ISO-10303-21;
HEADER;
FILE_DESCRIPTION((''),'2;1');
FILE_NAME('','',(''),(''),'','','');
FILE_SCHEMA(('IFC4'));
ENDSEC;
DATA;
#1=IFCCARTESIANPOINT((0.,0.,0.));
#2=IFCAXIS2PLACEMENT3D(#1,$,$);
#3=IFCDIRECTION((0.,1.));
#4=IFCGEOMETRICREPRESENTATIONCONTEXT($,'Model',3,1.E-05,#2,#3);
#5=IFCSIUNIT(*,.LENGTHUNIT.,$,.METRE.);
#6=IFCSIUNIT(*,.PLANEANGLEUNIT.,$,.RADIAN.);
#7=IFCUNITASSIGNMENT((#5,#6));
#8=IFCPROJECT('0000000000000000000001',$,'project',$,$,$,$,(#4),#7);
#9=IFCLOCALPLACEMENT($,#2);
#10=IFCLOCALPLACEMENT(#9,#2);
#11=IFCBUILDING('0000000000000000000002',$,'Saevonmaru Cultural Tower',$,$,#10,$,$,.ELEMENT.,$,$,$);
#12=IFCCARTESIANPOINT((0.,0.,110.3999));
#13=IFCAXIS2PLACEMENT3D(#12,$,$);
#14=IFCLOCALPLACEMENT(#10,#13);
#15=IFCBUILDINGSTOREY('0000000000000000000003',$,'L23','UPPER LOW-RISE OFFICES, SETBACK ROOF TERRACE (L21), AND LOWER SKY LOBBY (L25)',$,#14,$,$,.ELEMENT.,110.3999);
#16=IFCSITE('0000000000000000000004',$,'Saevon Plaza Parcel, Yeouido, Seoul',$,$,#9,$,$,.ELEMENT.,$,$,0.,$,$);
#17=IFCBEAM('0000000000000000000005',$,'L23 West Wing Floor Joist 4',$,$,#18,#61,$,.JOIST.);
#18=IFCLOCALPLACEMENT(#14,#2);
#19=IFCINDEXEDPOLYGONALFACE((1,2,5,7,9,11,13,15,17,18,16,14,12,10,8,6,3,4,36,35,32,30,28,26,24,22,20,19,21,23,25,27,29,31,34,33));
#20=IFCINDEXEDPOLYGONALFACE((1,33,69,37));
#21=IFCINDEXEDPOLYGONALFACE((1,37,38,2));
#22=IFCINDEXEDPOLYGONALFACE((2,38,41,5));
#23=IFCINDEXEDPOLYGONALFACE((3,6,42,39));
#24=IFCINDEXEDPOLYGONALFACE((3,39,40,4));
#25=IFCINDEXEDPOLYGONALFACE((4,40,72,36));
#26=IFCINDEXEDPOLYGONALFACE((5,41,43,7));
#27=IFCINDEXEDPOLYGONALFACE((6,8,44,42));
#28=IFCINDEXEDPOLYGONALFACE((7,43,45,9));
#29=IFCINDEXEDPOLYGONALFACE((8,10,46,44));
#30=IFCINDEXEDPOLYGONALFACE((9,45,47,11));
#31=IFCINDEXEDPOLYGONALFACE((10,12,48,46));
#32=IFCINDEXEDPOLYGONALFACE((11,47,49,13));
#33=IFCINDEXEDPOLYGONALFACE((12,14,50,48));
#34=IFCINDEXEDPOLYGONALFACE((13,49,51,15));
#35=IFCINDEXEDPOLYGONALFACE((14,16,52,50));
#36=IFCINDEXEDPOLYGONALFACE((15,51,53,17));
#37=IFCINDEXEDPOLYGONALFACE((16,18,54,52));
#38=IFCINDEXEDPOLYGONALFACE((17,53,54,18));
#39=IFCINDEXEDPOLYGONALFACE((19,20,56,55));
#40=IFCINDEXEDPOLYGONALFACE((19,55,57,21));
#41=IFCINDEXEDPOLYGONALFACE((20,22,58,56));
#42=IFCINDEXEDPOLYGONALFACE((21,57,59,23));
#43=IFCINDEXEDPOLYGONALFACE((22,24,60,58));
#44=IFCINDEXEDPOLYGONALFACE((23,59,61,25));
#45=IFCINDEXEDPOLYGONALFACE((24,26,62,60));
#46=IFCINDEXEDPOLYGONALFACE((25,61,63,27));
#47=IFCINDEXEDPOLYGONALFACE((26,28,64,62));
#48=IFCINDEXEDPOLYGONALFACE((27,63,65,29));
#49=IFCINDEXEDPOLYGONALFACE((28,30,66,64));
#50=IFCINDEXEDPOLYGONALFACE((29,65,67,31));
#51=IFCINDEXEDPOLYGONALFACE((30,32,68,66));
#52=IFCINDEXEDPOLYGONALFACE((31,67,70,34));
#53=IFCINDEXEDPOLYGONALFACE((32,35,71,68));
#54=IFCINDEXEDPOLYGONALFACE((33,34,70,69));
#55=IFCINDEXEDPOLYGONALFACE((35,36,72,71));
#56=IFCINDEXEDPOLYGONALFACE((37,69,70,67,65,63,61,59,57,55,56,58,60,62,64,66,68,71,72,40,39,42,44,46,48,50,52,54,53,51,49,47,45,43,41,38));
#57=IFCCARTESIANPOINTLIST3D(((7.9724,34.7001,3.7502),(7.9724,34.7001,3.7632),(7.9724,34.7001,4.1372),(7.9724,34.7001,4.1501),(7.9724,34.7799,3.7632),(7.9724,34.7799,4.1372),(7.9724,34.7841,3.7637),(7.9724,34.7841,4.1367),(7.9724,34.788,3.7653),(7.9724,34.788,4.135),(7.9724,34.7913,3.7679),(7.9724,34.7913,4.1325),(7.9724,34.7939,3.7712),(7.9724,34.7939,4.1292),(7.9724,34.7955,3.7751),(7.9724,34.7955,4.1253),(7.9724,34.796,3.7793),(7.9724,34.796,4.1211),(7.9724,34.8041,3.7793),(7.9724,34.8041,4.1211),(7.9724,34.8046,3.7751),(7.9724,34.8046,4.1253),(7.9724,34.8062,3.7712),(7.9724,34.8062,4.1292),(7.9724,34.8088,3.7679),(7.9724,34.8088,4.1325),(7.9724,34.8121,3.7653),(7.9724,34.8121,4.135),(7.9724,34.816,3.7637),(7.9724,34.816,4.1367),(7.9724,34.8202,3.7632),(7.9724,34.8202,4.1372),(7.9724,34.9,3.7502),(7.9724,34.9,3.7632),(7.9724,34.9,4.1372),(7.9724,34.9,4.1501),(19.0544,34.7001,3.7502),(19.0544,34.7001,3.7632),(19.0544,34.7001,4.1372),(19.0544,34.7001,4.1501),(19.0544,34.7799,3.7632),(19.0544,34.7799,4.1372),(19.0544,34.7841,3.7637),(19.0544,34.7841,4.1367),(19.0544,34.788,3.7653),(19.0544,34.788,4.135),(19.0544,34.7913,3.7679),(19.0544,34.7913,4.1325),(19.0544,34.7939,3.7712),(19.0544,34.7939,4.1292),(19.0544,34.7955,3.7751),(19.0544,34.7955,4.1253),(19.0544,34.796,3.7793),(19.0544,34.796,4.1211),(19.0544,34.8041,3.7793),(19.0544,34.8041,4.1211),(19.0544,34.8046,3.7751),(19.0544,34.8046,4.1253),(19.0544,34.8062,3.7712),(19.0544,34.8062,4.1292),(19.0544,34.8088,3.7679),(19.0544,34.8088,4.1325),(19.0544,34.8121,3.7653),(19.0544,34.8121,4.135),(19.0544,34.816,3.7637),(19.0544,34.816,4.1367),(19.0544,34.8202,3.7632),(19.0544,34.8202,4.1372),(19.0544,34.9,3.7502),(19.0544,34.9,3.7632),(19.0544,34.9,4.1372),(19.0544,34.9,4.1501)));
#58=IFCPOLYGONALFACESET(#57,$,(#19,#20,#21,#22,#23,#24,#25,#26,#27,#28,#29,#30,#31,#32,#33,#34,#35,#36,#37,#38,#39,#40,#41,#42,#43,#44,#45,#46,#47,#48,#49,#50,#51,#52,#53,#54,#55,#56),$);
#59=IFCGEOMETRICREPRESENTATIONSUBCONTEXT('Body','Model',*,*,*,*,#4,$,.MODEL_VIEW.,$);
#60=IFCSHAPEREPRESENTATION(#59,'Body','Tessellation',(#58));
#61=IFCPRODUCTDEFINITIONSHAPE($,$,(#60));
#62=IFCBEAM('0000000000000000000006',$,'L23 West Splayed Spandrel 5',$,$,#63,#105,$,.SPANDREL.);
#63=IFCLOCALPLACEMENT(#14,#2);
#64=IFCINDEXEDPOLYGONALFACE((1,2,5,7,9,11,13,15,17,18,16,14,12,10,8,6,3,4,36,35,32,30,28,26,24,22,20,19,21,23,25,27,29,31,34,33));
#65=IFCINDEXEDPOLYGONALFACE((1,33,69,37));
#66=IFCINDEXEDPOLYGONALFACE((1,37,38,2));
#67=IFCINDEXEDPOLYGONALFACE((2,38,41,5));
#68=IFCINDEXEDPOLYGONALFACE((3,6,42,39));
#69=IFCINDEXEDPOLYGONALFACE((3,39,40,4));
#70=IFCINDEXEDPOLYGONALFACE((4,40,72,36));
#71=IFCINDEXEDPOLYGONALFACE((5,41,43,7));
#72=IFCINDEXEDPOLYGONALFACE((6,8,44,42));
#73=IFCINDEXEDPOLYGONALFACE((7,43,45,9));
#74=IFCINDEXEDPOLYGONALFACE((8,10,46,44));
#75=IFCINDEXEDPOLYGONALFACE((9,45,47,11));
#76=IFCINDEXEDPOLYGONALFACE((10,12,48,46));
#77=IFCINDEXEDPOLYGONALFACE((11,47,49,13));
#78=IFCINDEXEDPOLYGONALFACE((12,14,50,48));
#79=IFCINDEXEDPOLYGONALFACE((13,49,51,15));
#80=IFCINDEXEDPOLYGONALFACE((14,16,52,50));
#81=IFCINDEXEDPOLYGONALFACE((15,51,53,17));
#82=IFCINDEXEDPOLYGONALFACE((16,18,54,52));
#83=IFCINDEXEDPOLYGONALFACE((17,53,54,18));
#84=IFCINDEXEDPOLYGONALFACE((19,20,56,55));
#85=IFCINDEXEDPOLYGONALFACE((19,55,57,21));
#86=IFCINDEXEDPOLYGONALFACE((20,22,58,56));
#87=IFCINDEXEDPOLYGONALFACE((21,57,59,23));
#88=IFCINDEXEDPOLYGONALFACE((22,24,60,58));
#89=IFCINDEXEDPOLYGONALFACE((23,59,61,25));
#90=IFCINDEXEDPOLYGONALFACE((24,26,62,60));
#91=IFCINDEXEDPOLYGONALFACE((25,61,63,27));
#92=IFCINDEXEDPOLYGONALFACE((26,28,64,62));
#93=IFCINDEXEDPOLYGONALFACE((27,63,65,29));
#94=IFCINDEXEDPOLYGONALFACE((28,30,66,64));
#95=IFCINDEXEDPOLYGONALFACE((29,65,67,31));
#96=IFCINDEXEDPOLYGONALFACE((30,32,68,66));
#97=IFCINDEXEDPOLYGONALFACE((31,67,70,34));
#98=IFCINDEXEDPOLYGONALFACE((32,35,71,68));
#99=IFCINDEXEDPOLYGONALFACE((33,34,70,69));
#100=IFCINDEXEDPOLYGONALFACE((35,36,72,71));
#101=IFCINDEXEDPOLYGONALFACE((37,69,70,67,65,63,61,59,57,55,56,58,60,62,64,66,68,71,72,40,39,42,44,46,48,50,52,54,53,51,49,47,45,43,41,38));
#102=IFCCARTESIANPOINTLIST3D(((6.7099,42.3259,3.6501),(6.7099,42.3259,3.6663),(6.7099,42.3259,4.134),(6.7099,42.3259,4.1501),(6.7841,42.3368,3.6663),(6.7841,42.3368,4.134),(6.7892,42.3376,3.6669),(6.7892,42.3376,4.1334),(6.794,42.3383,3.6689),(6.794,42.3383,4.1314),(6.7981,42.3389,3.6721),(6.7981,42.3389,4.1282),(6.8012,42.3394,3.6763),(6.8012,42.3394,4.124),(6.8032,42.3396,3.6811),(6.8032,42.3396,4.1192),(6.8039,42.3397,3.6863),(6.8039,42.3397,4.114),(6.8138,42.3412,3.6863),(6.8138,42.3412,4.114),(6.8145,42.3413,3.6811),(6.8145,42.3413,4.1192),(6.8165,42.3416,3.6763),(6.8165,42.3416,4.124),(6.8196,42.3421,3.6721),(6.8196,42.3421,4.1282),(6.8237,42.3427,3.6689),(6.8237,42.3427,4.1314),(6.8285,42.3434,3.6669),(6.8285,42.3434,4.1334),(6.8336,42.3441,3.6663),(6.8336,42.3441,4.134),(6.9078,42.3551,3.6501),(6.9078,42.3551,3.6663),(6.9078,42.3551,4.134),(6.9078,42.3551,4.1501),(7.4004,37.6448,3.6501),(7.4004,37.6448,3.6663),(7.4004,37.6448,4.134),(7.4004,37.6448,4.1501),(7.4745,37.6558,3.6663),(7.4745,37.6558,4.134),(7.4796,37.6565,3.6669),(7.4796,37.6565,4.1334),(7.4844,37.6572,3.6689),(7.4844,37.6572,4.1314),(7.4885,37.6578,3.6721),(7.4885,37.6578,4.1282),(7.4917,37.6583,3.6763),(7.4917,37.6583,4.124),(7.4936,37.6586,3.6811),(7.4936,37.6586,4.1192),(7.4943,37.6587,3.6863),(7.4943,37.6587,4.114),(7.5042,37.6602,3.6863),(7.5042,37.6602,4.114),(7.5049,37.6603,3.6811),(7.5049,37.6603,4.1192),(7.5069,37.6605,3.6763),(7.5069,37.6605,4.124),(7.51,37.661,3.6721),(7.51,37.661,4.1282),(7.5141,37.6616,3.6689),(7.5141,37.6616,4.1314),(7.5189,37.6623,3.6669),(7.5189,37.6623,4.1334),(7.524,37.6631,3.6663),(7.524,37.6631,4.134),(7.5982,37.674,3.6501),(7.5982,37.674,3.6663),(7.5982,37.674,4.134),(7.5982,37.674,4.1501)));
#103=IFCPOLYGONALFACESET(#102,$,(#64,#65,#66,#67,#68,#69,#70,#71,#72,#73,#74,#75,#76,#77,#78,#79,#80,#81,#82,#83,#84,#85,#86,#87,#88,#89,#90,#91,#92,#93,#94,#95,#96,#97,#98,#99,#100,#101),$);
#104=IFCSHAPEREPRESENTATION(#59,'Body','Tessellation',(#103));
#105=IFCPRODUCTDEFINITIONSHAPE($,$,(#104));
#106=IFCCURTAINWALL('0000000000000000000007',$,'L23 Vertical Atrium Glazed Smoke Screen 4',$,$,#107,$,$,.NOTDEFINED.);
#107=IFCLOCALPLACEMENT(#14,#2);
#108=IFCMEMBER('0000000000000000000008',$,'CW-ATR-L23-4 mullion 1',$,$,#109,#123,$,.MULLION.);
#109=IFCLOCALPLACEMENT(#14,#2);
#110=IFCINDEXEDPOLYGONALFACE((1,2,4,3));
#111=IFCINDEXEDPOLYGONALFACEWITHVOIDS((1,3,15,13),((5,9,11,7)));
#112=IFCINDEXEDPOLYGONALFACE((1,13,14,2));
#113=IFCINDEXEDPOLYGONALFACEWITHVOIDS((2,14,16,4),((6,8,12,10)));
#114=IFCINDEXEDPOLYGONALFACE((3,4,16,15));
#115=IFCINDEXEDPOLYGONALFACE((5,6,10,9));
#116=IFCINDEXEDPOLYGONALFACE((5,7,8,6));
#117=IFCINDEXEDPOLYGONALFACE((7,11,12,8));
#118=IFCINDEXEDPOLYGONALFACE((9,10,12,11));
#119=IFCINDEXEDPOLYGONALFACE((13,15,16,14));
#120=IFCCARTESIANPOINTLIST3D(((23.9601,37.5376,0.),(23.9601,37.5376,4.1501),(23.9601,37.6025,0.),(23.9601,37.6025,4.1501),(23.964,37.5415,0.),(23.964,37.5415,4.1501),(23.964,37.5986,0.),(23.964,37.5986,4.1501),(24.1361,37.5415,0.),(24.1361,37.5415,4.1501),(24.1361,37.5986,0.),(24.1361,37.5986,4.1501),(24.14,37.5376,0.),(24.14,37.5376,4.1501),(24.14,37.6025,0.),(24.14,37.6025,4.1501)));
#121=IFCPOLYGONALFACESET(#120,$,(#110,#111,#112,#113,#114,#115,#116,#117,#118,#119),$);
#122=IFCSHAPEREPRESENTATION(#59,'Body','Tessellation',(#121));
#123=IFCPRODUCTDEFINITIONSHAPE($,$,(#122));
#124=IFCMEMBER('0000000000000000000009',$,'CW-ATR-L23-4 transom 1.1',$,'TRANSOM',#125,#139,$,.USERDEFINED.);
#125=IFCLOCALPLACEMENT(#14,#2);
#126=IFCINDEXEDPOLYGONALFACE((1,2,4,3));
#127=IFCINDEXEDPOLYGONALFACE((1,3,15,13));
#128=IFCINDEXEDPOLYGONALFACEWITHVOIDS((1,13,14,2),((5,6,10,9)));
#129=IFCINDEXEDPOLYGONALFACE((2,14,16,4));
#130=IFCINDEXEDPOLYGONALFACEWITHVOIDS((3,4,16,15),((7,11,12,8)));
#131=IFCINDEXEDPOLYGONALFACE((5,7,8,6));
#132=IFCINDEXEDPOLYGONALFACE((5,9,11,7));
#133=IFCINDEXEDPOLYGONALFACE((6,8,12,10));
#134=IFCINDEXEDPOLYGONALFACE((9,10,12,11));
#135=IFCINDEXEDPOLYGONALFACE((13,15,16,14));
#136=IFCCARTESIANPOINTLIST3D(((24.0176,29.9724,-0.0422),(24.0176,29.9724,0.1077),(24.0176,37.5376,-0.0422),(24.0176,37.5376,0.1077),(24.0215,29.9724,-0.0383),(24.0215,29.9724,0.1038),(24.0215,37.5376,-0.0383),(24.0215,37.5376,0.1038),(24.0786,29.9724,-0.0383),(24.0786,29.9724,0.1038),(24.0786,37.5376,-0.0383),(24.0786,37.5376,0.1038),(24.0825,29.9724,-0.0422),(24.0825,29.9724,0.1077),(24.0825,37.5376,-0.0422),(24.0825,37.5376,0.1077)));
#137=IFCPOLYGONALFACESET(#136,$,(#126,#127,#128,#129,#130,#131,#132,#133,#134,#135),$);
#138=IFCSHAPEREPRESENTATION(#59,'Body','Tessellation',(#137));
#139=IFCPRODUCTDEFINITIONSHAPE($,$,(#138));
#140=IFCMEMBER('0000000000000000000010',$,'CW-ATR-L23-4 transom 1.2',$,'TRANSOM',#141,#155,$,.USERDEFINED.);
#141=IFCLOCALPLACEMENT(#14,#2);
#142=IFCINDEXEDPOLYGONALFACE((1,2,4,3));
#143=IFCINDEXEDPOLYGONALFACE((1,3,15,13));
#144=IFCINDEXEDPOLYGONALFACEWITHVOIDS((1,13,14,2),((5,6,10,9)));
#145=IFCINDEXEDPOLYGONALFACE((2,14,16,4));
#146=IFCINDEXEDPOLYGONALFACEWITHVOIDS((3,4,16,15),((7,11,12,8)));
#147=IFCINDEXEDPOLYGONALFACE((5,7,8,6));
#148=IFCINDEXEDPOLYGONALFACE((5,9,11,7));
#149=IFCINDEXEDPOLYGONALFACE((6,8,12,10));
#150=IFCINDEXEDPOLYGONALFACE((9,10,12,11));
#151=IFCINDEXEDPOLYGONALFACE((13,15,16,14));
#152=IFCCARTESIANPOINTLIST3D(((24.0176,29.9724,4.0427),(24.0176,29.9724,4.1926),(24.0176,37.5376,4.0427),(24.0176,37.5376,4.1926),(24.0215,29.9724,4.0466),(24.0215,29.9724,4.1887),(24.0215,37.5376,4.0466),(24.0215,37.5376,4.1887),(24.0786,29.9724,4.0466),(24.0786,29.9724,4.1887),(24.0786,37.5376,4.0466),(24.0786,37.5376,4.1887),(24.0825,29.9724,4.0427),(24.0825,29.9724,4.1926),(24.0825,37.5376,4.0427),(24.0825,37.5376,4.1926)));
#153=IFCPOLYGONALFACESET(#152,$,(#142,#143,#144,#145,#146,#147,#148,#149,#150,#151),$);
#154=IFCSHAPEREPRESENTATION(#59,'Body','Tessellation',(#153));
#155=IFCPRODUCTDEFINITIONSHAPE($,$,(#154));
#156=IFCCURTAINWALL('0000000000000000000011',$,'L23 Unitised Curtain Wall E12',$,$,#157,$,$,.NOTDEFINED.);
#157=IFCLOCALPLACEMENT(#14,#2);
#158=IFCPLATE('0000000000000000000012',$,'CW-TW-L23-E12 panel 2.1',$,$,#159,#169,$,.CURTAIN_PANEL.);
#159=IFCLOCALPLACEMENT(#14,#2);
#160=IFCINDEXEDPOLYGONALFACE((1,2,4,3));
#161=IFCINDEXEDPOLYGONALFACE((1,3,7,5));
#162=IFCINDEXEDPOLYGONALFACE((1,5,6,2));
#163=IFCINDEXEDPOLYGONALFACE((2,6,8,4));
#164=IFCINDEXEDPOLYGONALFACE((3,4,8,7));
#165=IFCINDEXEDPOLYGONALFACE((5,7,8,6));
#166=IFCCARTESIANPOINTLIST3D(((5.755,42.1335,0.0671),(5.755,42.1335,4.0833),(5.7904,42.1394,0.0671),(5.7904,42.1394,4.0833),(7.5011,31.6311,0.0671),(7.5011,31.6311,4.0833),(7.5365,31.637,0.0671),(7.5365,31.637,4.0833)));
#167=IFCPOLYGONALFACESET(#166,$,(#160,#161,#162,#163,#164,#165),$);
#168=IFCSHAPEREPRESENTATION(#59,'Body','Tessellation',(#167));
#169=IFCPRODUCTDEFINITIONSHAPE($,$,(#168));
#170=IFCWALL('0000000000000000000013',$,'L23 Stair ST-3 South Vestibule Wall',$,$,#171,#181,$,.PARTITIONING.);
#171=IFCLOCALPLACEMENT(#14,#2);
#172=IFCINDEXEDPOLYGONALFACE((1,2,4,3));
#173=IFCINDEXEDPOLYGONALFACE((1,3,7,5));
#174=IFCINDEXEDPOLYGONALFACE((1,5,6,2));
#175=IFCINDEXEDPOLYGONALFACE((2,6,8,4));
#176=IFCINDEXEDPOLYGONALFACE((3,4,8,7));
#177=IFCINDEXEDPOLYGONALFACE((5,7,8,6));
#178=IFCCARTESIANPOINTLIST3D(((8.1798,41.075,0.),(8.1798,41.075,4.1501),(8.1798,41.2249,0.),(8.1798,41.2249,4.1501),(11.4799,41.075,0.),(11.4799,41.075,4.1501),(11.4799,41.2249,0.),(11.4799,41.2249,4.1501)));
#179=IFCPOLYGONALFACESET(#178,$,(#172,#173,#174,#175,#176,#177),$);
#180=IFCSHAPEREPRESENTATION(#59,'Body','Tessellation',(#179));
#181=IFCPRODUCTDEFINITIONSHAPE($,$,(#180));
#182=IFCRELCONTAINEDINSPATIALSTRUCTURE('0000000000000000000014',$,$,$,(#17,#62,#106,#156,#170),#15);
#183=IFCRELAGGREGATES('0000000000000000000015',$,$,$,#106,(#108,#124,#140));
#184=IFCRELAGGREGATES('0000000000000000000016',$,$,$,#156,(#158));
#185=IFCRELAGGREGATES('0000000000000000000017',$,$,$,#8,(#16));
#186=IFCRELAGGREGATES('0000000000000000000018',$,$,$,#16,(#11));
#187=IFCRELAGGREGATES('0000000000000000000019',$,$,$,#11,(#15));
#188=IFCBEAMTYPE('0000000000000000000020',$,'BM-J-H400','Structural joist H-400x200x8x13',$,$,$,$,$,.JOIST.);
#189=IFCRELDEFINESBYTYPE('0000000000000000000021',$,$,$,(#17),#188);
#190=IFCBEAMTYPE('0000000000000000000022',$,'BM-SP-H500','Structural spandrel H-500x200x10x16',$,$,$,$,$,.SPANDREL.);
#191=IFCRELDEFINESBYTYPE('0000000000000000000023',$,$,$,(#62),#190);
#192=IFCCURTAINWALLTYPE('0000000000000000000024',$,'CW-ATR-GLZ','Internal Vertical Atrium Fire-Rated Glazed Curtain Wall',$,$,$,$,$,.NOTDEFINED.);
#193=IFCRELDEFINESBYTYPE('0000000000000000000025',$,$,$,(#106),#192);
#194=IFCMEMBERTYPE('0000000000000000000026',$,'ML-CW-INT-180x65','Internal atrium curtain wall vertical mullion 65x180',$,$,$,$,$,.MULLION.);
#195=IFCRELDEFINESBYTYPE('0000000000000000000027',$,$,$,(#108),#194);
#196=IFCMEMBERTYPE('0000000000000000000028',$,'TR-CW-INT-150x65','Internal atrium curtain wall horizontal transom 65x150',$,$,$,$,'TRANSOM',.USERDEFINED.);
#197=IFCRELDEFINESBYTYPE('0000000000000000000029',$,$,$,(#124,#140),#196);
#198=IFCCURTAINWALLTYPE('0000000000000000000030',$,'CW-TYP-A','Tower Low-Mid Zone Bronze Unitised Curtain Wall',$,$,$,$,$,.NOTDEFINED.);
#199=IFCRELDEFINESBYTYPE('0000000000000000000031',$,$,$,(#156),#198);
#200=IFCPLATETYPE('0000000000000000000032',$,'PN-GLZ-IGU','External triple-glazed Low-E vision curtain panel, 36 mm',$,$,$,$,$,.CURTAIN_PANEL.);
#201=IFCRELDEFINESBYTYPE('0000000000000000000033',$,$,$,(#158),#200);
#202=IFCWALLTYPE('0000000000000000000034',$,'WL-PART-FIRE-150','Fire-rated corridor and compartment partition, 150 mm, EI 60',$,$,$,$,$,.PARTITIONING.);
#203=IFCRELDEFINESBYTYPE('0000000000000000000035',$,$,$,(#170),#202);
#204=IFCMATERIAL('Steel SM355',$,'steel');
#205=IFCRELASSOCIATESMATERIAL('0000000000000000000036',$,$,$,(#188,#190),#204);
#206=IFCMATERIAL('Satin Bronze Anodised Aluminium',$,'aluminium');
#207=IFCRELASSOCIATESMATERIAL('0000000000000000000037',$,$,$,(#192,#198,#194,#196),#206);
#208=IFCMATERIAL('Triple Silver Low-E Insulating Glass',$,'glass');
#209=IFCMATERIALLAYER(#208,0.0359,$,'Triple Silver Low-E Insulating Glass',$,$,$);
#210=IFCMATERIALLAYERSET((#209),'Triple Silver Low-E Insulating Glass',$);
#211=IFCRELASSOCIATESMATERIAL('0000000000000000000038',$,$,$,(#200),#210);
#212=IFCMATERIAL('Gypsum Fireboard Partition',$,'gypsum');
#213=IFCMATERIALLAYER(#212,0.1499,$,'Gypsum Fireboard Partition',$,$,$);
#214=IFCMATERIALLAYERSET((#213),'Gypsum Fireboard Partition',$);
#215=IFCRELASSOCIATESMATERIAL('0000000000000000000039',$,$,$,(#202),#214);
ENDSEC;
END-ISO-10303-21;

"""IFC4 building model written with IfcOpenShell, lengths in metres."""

from ifc_helpers import new_model, si_unit, direction, frame, frame_2d, origin, origin_2d, place, context, subcontext, project, spatial, rectangle, hollow_rectangle, i_section, extrude, material, layer, layer_set, material_profile, profile_set, type_object, element, aggregate, save


model = new_model("IFC4")

# Units and contexts
model_context = context("Model", 3, precision=1e-05, world=origin(), true_north=direction((0.0, 1.0)))
body_context = subcontext(model_context, "Body", "Model", "MODEL_VIEW")
ifc_project = project(units=[si_unit("LENGTHUNIT", "METRE"), si_unit("PLANEANGLEUNIT", "RADIAN")], contexts=[model_context])

# Site, building, storey
site_placement = place(None, origin())
site = spatial("IfcSite", under=ifc_project, at=site_placement, Name="Saevon Plaza Parcel, Yeouido, Seoul", CompositionType="ELEMENT", RefElevation=0.0)
building_placement = place(site_placement, origin())
building = spatial("IfcBuilding", under=site, at=building_placement, Name="Saevonmaru Cultural Tower", CompositionType="ELEMENT")
storey_placement = place(building_placement, frame((0.0, 0.0, 110.3999)))
storey = spatial("IfcBuildingStorey", under=building, at=storey_placement, Name="L23", Description="UPPER LOW-RISE OFFICES, SETBACK ROOF TERRACE (L21), AND LOWER SKY LOBBY (L25)", CompositionType="ELEMENT", Elevation=110.3999)

# Shared definitions
ifc_material_1 = material(Name="Steel SM355", Category="steel")

# Beams
ifc_material_profile_1 = material_profile(ifc_material_1, i_section(OverallWidth=0.2, OverallDepth=0.3999, WebThickness=0.0081, FlangeThickness=0.0129, FilletRadius=0.0161, at=origin_2d()), Name="H-400x200x8x13")
ifc_profile_set_1 = profile_set([ifc_material_profile_1], Name="Steel SM355")
beam_type_1 = type_object("IfcBeamType", Name="BM-J-H400", Description="Structural joist H-400x200x8x13", PredefinedType="JOIST", material=ifc_profile_set_1)
beam_1_placement = place(storey_placement, frame((7.9724, 34.8, 3.9502), z_axis=(1.0, 0.0, 0.0), x_axis=(0.0, 1.0, 0.0)))
element("IfcBeam", 1, at=beam_1_placement, inside=storey, type_object=beam_type_1, Name="L23 West Wing Floor Joist 4", PredefinedType="JOIST", context=body_context, shape_type="SweptSolid", body=[
    extrude(i_section(OverallWidth=0.2, OverallDepth=0.3999, WebThickness=0.0081, FlangeThickness=0.0129, FilletRadius=0.0161, at=origin_2d()), origin(), (0.0, 0.0, 1.0), 11.082),
])
ifc_material_profile_2 = material_profile(ifc_material_1, i_section(OverallWidth=0.2, OverallDepth=0.5, WebThickness=0.01, FlangeThickness=0.0161, FilletRadius=0.02, at=origin_2d()), Name="H-500x200x10x16")
ifc_profile_set_2 = profile_set([ifc_material_profile_2], Name="Steel SM355")
beam_type_2 = type_object("IfcBeamType", Name="BM-SP-H500", Description="Structural spandrel H-500x200x10x16", PredefinedType="SPANDREL", material=ifc_profile_set_2)
beam_2_placement = place(storey_placement, frame((7.4993, 37.6594, 3.9001), z_axis=(-0.145913, 0.989297, 0.0), x_axis=(-0.989297, -0.145913, 0.0)))
element("IfcBeam", 2, at=beam_2_placement, inside=storey, type_object=beam_type_2, Name="L23 West Splayed Spandrel 5", PredefinedType="SPANDREL", context=body_context, shape_type="SweptSolid", body=[
    extrude(i_section(OverallWidth=0.2, OverallDepth=0.5, WebThickness=0.01, FlangeThickness=0.0161, FilletRadius=0.02, at=origin_2d()), origin(), (0.0, 0.0, 1.0), 4.7317),
])

# Curtain wall, members
ifc_material_2 = material(Name="Satin Bronze Anodised Aluminium", Category="aluminium")
curtain_wall_type_1 = type_object("IfcCurtainWallType", Name="CW-ATR-GLZ", Description="Internal Vertical Atrium Fire-Rated Glazed Curtain Wall", PredefinedType="NOTDEFINED", material=ifc_material_2)
curtain_wall_1_placement = place(storey_placement, origin())
curtain_wall_1 = element("IfcCurtainWall", 3, at=curtain_wall_1_placement, inside=storey, type_object=curtain_wall_type_1, Name="L23 Vertical Atrium Glazed Smoke Screen 4", PredefinedType="NOTDEFINED")
ifc_material_profile_3 = material_profile(ifc_material_2, hollow_rectangle(XDim=0.0649, YDim=0.1799, WallThickness=0.0039, at=origin_2d()), Name="ALU-MULL-180x65x4")
ifc_profile_set_3 = profile_set([ifc_material_profile_3], Name="Satin Bronze Anodised Aluminium")
member_type_1 = type_object("IfcMemberType", Name="ML-CW-INT-180x65", Description="Internal atrium curtain wall vertical mullion 65x180", PredefinedType="MULLION", material=ifc_profile_set_3)
member_1_placement = place(storey_placement, frame((24.05, 37.5701, 0.0), z_axis=(0.0, 0.0, 1.0), x_axis=(0.0, -1.0, 0.0)))
member_1 = element("IfcMember", 4, at=member_1_placement, type_object=member_type_1, Name="CW-ATR-L23-4 mullion 1", PredefinedType="MULLION", context=body_context, shape_type="SweptSolid", body=[
    extrude(hollow_rectangle(XDim=0.0649, YDim=0.1799, WallThickness=0.0039, at=origin_2d()), origin(), (0.0, 0.0, 1.0), 4.1501),
])
ifc_material_profile_4 = material_profile(ifc_material_2, hollow_rectangle(XDim=0.0649, YDim=0.1499, WallThickness=0.0039, at=origin_2d()), Name="ALU-TRAN-150x65x4")
ifc_profile_set_4 = profile_set([ifc_material_profile_4], Name="Satin Bronze Anodised Aluminium")
member_type_2 = type_object("IfcMemberType", Name="TR-CW-INT-150x65", Description="Internal atrium curtain wall horizontal transom 65x150", ElementType="TRANSOM", PredefinedType="USERDEFINED", material=ifc_profile_set_4)
member_2_placement = place(storey_placement, frame((24.05, 37.5376, 0.0327), z_axis=(0.0, -1.0, 0.0), x_axis=(1.0, 0.0, 0.0)))
member_2 = element("IfcMember", 5, at=member_2_placement, type_object=member_type_2, Name="CW-ATR-L23-4 transom 1.1", ObjectType="TRANSOM", PredefinedType="USERDEFINED", context=body_context, shape_type="SweptSolid", body=[
    extrude(hollow_rectangle(XDim=0.0649, YDim=0.1499, WallThickness=0.0039, at=origin_2d()), origin(), (0.0, 0.0, 1.0), 7.5652),
])
member_3_placement = place(storey_placement, frame((24.05, 37.5376, 4.1177), z_axis=(0.0, -1.0, 0.0), x_axis=(1.0, 0.0, 0.0)))
member_3 = element("IfcMember", 6, at=member_3_placement, type_object=member_type_2, Name="CW-ATR-L23-4 transom 1.2", ObjectType="TRANSOM", PredefinedType="USERDEFINED", context=body_context, shape_type="SweptSolid", body=[
    extrude(hollow_rectangle(XDim=0.0649, YDim=0.1499, WallThickness=0.0039, at=origin_2d()), origin(), (0.0, 0.0, 1.0), 7.5652),
])
aggregate(curtain_wall_1, [member_1, member_2, member_3])

# Curtain wall, plate
curtain_wall_type_2 = type_object("IfcCurtainWallType", Name="CW-TYP-A", Description="Tower Low-Mid Zone Bronze Unitised Curtain Wall", PredefinedType="NOTDEFINED", material=ifc_material_2)
curtain_wall_2_placement = place(storey_placement, origin())
curtain_wall_2 = element("IfcCurtainWall", 7, at=curtain_wall_2_placement, inside=storey, type_object=curtain_wall_type_2, Name="L23 Unitised Curtain Wall E12", PredefinedType="NOTDEFINED")
ifc_material_3 = material(Name="Triple Silver Low-E Insulating Glass", Category="glass")
ifc_layer_1 = layer(ifc_material_3, 0.0359, Name="Triple Silver Low-E Insulating Glass")
ifc_layer_set_1 = layer_set([ifc_layer_1], Name="Triple Silver Low-E Insulating Glass")
plate_type = type_object("IfcPlateType", Name="PN-GLZ-IGU", Description="External triple-glazed Low-E vision curtain panel, 36 mm", PredefinedType="CURTAIN_PANEL", material=ifc_layer_set_1)
plate_placement = place(storey_placement, frame((6.6458, 36.8853, 0.0671), z_axis=(0.0, 0.0, 1.0), x_axis=(0.163999, -0.986461, 0.0)))
plate = element("IfcPlate", 8, at=plate_placement, type_object=plate_type, Name="CW-TW-L23-E12 panel 2.1", PredefinedType="CURTAIN_PANEL", context=body_context, shape_type="SweptSolid", body=[
    extrude(rectangle(XDim=10.6465, YDim=0.0359, at=origin_2d()), origin(), (0.0, 0.0, 1.0), 4.0161),
])
aggregate(curtain_wall_2, [plate])

# Wall
ifc_material_4 = material(Name="Gypsum Fireboard Partition", Category="gypsum")
ifc_layer_2 = layer(ifc_material_4, 0.1499, Name="Gypsum Fireboard Partition")
ifc_layer_set_2 = layer_set([ifc_layer_2], Name="Gypsum Fireboard Partition")
wall_type_1 = type_object("IfcWallType", Name="WL-PART-FIRE-150", Description="Fire-rated corridor and compartment partition, 150 mm, EI 60", PredefinedType="PARTITIONING", material=ifc_layer_set_2)
wall_1_placement = place(storey_placement, frame((8.1799, 41.1499, 0.0), z_axis=(0.0, 0.0, 1.0), x_axis=(1.0, 0.0, 0.0)))
element("IfcWall", 9, at=wall_1_placement, inside=storey, type_object=wall_type_1, Name="L23 Stair ST-3 South Vestibule Wall", PredefinedType="PARTITIONING", context=body_context, shape_type="SweptSolid", body=[
    extrude(rectangle(XDim=3.3, YDim=0.1499, at=frame_2d((1.6499, 0.0))), origin(), (0.0, 0.0, 1.0), 4.1501),
])

save(model, "model.ifc")
